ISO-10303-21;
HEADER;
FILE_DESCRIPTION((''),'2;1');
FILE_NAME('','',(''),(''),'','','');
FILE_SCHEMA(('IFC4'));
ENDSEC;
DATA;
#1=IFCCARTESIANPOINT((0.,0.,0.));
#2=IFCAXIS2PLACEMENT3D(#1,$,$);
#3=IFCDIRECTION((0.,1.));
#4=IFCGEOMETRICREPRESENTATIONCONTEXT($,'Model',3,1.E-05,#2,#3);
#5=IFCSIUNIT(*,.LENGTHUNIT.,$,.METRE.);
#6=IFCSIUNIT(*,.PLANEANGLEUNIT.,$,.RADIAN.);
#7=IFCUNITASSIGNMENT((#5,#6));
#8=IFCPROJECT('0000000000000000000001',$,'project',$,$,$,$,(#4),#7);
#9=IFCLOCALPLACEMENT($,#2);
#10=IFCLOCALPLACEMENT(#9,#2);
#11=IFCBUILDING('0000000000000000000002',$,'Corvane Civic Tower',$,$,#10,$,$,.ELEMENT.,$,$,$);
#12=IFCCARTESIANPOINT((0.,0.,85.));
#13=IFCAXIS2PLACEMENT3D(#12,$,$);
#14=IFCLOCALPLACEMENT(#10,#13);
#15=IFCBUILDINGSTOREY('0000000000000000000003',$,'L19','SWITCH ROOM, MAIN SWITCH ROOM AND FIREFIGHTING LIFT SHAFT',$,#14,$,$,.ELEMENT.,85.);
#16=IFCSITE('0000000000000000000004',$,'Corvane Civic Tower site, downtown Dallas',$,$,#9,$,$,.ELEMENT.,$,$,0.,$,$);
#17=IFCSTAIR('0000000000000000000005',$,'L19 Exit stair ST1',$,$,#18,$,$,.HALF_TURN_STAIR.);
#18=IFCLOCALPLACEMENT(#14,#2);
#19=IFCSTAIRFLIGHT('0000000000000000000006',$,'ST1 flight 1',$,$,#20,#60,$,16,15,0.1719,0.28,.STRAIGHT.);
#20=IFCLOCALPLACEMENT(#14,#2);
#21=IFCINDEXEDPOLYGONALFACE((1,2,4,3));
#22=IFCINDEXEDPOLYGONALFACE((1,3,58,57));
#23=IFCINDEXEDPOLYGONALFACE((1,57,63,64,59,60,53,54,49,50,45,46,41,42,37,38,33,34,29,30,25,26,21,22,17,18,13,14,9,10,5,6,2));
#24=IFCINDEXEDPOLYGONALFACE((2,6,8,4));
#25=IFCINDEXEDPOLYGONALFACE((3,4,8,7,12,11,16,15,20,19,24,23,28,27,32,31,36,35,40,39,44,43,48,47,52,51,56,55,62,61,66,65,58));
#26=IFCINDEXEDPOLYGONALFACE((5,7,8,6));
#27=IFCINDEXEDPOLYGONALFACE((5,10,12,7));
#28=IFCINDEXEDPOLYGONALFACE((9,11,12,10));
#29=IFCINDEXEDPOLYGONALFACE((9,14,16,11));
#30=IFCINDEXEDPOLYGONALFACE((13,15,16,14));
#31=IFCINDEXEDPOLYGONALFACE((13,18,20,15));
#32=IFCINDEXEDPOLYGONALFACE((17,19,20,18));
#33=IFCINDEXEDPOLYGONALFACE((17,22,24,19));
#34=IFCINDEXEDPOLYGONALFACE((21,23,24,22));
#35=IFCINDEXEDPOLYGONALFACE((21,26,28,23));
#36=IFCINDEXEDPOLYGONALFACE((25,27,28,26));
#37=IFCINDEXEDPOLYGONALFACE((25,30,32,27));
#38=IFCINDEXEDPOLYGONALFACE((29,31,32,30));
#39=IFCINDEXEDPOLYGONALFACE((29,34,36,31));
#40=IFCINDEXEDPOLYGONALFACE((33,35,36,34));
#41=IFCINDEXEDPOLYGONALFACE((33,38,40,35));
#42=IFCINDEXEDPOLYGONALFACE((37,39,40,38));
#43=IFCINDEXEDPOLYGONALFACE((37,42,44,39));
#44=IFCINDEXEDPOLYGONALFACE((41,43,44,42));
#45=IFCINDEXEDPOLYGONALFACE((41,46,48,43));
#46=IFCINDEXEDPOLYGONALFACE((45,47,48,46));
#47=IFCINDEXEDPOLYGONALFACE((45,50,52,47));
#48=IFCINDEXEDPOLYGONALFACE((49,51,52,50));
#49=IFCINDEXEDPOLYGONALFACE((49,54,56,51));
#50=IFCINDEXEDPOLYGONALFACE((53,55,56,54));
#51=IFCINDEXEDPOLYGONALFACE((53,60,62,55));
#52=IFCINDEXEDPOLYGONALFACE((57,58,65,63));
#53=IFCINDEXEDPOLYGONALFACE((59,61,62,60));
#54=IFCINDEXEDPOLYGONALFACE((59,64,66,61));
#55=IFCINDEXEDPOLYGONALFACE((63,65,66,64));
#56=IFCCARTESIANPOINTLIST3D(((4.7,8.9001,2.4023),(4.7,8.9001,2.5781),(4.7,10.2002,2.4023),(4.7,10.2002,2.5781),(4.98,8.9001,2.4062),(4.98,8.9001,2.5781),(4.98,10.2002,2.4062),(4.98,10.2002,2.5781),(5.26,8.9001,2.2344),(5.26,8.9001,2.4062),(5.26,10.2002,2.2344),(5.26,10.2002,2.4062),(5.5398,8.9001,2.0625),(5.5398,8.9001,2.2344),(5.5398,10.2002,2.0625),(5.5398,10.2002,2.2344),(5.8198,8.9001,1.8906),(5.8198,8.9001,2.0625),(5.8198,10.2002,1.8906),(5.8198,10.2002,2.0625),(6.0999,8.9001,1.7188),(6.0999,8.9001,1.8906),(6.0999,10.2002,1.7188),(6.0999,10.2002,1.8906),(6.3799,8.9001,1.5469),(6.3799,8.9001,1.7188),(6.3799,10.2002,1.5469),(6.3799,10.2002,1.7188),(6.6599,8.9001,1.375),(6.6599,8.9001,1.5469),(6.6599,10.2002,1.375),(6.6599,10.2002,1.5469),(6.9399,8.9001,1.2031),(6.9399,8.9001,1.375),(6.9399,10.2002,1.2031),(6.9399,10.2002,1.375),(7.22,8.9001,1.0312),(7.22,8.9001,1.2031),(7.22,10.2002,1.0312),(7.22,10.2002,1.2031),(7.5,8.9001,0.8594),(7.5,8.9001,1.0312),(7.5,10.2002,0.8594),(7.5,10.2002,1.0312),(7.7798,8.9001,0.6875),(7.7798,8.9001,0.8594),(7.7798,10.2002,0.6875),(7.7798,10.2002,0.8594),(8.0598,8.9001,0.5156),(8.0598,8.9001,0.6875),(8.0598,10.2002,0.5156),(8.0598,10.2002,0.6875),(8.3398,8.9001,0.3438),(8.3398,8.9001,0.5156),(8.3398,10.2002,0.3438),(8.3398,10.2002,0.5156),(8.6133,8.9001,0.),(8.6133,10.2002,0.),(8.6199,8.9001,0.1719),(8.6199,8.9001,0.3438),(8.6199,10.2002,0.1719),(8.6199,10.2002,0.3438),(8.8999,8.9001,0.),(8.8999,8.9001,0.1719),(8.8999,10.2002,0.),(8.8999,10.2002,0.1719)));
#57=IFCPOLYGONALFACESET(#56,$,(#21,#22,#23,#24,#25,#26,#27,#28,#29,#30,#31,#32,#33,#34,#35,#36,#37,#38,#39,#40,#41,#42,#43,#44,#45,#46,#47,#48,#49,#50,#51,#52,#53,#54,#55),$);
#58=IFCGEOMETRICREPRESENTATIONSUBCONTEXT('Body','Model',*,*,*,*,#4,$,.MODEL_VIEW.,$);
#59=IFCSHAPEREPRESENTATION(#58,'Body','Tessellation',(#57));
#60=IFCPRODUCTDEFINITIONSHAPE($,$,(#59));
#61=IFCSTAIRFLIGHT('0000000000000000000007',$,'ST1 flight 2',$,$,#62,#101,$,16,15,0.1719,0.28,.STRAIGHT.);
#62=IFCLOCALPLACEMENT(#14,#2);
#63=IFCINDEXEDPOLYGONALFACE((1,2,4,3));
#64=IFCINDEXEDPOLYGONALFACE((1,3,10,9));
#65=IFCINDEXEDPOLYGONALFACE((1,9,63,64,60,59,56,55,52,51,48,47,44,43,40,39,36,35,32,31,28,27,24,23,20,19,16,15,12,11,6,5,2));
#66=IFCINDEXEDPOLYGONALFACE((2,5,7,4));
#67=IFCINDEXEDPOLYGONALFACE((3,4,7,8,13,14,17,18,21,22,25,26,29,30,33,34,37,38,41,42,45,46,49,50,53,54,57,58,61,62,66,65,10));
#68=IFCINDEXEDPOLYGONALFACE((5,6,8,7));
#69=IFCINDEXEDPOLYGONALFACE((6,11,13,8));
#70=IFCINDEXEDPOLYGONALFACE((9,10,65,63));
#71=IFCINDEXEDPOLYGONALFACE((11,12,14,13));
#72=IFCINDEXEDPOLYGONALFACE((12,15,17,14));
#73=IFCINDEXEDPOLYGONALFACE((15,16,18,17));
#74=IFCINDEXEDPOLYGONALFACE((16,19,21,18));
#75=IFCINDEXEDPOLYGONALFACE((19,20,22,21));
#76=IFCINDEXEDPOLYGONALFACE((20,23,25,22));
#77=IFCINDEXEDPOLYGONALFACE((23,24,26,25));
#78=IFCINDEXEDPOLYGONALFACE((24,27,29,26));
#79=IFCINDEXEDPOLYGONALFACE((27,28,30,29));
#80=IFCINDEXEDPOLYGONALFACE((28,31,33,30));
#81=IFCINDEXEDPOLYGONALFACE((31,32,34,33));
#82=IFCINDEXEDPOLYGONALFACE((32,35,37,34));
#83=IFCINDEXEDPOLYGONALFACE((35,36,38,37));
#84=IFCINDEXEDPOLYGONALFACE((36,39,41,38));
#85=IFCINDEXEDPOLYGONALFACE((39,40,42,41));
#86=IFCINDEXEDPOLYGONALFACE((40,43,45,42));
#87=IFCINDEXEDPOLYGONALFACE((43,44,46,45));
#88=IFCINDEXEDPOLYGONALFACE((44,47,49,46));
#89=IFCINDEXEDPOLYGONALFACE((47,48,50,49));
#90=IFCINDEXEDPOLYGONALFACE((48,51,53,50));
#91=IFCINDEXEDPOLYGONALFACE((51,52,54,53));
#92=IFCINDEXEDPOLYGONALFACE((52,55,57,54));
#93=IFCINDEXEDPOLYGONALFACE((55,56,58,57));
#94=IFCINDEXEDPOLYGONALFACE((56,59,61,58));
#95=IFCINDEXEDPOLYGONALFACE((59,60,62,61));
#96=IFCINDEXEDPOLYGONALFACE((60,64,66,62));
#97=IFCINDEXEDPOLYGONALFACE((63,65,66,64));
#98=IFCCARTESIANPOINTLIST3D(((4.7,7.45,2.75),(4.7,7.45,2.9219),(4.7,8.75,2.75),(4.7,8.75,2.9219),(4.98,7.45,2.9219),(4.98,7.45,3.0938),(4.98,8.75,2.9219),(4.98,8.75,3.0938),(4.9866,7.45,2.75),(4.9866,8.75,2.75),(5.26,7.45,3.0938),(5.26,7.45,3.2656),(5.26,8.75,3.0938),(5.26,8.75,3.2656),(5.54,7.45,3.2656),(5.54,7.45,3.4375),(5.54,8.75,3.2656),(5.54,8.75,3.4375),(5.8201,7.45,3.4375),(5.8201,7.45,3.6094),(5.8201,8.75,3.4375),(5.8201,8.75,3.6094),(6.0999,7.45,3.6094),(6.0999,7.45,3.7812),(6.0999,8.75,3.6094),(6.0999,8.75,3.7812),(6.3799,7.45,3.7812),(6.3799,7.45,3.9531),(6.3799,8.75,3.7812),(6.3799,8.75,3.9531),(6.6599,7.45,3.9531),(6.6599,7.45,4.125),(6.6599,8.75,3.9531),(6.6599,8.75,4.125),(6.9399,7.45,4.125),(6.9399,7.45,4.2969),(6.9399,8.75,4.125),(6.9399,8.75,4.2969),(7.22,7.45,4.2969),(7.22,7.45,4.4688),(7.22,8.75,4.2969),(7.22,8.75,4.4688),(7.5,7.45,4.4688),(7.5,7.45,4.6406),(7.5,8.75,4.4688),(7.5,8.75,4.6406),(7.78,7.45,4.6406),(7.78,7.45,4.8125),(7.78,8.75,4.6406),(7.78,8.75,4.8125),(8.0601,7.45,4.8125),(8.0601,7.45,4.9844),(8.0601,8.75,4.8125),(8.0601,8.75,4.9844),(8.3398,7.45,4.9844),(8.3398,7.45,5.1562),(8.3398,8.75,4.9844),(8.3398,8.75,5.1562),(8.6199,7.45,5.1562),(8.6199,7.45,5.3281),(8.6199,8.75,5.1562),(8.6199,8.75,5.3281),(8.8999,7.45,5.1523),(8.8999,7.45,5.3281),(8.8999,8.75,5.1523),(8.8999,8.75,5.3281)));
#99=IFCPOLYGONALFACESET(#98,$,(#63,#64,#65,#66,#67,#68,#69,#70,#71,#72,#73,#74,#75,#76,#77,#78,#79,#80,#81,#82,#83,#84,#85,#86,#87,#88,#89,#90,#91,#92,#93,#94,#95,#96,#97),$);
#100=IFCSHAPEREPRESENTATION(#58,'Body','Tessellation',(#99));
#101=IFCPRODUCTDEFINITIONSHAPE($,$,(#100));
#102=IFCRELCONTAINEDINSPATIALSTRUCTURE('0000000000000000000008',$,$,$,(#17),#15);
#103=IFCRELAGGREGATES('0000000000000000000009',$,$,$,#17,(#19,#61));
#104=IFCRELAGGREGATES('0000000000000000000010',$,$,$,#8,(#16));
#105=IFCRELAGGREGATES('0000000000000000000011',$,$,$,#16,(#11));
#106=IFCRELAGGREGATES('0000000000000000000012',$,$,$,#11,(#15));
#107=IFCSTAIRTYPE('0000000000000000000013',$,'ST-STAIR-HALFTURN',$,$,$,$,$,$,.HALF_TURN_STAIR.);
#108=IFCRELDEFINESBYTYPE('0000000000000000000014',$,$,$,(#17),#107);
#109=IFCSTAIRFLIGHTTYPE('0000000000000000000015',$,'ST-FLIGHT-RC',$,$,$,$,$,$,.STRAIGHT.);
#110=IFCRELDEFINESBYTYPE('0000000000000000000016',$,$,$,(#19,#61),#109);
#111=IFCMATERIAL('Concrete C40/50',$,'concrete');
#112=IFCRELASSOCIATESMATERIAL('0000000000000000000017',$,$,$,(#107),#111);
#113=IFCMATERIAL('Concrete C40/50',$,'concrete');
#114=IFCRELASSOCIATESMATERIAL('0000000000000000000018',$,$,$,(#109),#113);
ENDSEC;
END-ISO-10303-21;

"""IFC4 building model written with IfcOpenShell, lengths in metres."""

from ifc_helpers import new_model, si_unit, direction, frame, origin, place, context, subcontext, project, spatial, polyline, outline, extrude, material, type_object, element, aggregate, save


model = new_model("IFC4")

# Units and contexts
model_context = context("Model", 3, precision=1e-05, world=origin(), true_north=direction((0.0, 1.0)))
body_context = subcontext(model_context, "Body", "Model", "MODEL_VIEW")
ifc_project = project(units=[si_unit("LENGTHUNIT", "METRE"), si_unit("PLANEANGLEUNIT", "RADIAN")], contexts=[model_context])

# Site, building, storey
site_placement = place(None, origin())
site = spatial("IfcSite", under=ifc_project, at=site_placement, Name="Corvane Civic Tower site, downtown Dallas", CompositionType="ELEMENT", RefElevation=0.0)
building_placement = place(site_placement, origin())
building = spatial("IfcBuilding", under=site, at=building_placement, Name="Corvane Civic Tower", CompositionType="ELEMENT")
storey_placement = place(building_placement, frame((0.0, 0.0, 85.0)))
storey = spatial("IfcBuildingStorey", under=building, at=storey_placement, Name="L19", Description="SWITCH ROOM, MAIN SWITCH ROOM AND FIREFIGHTING LIFT SHAFT", CompositionType="ELEMENT", Elevation=85.0)

# Stair, stair flights
ifc_material_1 = material(Name="Concrete C40/50", Category="concrete")
stair_type = type_object("IfcStairType", Name="ST-STAIR-HALFTURN", PredefinedType="HALF_TURN_STAIR", material=ifc_material_1)
stair_placement = place(storey_placement, origin())
stair = element("IfcStair", 1, at=stair_placement, inside=storey, type_object=stair_type, Name="L19 Exit stair ST1", PredefinedType="HALF_TURN_STAIR")
ifc_material_2 = material(Name="Concrete C40/50", Category="concrete")
stair_flight_type = type_object("IfcStairFlightType", Name="ST-FLIGHT-RC", PredefinedType="STRAIGHT", material=ifc_material_2)
stair_flight_1_placement = place(storey_placement, frame((8.8999, 9.55, 0.0), z_axis=(0.0, 0.0, 1.0), x_axis=(-1.0, 0.0, 0.0)))
stair_flight_1 = element("IfcStairFlight", 2, at=stair_flight_1_placement, type_object=stair_flight_type, Name="ST1 flight 1", NumberOfRisers=16, NumberOfTreads=15, PredefinedType="STRAIGHT", RiserHeight=0.1719, TreadLength=0.28, context=body_context, shape_type="SweptSolid", body=[
    extrude(outline(polyline([(0.0, 0.0), (0.0, 0.1719), (0.28, 0.1719), (0.28, 0.3438), (0.5601, 0.3438), (0.5601, 0.5156), (0.8401, 0.5156), (0.8401, 0.6875), (1.1201, 0.6875), (1.1201, 0.8594), (1.3999, 0.8594), (1.3999, 1.0312), (1.6799, 1.0312), (1.6799, 1.2031), (1.96, 1.2031), (1.96, 1.375), (2.24, 1.375), (2.24, 1.5469), (2.52, 1.5469), (2.52, 1.7188), (2.8, 1.7188), (2.8, 1.8906), (3.0801, 1.8906), (3.0801, 2.0625), (3.3601, 2.0625), (3.3601, 2.2344), (3.6399, 2.2344), (3.6399, 2.4062), (3.9199, 2.4062), (3.9199, 2.5781), (4.2, 2.5781), (4.2, 2.75), (4.2, 2.4023), (0.2866, 0.0), (0.0, 0.0)])), frame((0.0, 0.6499, 0.0), z_axis=(0.0, -1.0, 0.0), x_axis=(1.0, 0.0, 0.0)), (0.0, 0.0, 1.0), 1.3),
])
stair_flight_2_placement = place(storey_placement, frame((4.7, 8.1001, 2.75), z_axis=(0.0, 0.0, 1.0), x_axis=(1.0, 0.0, 0.0)))
stair_flight_2 = element("IfcStairFlight", 3, at=stair_flight_2_placement, type_object=stair_flight_type, Name="ST1 flight 2", NumberOfRisers=16, NumberOfTreads=15, PredefinedType="STRAIGHT", RiserHeight=0.1719, TreadLength=0.28, context=body_context, shape_type="SweptSolid", body=[
    extrude(outline(polyline([(0.0, 0.0), (0.0, 0.1719), (0.28, 0.1719), (0.28, 0.3438), (0.5601, 0.3438), (0.5601, 0.5156), (0.8401, 0.5156), (0.8401, 0.6875), (1.1201, 0.6875), (1.1201, 0.8594), (1.3999, 0.8594), (1.3999, 1.0312), (1.6799, 1.0312), (1.6799, 1.2031), (1.96, 1.2031), (1.96, 1.375), (2.24, 1.375), (2.24, 1.5469), (2.52, 1.5469), (2.52, 1.7188), (2.8, 1.7188), (2.8, 1.8906), (3.0801, 1.8906), (3.0801, 2.0625), (3.3601, 2.0625), (3.3601, 2.2344), (3.6399, 2.2344), (3.6399, 2.4062), (3.9199, 2.4062), (3.9199, 2.5781), (4.2, 2.5781), (4.2, 2.75), (4.2, 2.4023), (0.2866, 0.0), (0.0, 0.0)])), frame((0.0, 0.6499, 0.0), z_axis=(0.0, -1.0, 0.0), x_axis=(1.0, 0.0, 0.0)), (0.0, 0.0, 1.0), 1.3),
])
aggregate(stair, [stair_flight_1, stair_flight_2])

save(model, "model.ifc")
